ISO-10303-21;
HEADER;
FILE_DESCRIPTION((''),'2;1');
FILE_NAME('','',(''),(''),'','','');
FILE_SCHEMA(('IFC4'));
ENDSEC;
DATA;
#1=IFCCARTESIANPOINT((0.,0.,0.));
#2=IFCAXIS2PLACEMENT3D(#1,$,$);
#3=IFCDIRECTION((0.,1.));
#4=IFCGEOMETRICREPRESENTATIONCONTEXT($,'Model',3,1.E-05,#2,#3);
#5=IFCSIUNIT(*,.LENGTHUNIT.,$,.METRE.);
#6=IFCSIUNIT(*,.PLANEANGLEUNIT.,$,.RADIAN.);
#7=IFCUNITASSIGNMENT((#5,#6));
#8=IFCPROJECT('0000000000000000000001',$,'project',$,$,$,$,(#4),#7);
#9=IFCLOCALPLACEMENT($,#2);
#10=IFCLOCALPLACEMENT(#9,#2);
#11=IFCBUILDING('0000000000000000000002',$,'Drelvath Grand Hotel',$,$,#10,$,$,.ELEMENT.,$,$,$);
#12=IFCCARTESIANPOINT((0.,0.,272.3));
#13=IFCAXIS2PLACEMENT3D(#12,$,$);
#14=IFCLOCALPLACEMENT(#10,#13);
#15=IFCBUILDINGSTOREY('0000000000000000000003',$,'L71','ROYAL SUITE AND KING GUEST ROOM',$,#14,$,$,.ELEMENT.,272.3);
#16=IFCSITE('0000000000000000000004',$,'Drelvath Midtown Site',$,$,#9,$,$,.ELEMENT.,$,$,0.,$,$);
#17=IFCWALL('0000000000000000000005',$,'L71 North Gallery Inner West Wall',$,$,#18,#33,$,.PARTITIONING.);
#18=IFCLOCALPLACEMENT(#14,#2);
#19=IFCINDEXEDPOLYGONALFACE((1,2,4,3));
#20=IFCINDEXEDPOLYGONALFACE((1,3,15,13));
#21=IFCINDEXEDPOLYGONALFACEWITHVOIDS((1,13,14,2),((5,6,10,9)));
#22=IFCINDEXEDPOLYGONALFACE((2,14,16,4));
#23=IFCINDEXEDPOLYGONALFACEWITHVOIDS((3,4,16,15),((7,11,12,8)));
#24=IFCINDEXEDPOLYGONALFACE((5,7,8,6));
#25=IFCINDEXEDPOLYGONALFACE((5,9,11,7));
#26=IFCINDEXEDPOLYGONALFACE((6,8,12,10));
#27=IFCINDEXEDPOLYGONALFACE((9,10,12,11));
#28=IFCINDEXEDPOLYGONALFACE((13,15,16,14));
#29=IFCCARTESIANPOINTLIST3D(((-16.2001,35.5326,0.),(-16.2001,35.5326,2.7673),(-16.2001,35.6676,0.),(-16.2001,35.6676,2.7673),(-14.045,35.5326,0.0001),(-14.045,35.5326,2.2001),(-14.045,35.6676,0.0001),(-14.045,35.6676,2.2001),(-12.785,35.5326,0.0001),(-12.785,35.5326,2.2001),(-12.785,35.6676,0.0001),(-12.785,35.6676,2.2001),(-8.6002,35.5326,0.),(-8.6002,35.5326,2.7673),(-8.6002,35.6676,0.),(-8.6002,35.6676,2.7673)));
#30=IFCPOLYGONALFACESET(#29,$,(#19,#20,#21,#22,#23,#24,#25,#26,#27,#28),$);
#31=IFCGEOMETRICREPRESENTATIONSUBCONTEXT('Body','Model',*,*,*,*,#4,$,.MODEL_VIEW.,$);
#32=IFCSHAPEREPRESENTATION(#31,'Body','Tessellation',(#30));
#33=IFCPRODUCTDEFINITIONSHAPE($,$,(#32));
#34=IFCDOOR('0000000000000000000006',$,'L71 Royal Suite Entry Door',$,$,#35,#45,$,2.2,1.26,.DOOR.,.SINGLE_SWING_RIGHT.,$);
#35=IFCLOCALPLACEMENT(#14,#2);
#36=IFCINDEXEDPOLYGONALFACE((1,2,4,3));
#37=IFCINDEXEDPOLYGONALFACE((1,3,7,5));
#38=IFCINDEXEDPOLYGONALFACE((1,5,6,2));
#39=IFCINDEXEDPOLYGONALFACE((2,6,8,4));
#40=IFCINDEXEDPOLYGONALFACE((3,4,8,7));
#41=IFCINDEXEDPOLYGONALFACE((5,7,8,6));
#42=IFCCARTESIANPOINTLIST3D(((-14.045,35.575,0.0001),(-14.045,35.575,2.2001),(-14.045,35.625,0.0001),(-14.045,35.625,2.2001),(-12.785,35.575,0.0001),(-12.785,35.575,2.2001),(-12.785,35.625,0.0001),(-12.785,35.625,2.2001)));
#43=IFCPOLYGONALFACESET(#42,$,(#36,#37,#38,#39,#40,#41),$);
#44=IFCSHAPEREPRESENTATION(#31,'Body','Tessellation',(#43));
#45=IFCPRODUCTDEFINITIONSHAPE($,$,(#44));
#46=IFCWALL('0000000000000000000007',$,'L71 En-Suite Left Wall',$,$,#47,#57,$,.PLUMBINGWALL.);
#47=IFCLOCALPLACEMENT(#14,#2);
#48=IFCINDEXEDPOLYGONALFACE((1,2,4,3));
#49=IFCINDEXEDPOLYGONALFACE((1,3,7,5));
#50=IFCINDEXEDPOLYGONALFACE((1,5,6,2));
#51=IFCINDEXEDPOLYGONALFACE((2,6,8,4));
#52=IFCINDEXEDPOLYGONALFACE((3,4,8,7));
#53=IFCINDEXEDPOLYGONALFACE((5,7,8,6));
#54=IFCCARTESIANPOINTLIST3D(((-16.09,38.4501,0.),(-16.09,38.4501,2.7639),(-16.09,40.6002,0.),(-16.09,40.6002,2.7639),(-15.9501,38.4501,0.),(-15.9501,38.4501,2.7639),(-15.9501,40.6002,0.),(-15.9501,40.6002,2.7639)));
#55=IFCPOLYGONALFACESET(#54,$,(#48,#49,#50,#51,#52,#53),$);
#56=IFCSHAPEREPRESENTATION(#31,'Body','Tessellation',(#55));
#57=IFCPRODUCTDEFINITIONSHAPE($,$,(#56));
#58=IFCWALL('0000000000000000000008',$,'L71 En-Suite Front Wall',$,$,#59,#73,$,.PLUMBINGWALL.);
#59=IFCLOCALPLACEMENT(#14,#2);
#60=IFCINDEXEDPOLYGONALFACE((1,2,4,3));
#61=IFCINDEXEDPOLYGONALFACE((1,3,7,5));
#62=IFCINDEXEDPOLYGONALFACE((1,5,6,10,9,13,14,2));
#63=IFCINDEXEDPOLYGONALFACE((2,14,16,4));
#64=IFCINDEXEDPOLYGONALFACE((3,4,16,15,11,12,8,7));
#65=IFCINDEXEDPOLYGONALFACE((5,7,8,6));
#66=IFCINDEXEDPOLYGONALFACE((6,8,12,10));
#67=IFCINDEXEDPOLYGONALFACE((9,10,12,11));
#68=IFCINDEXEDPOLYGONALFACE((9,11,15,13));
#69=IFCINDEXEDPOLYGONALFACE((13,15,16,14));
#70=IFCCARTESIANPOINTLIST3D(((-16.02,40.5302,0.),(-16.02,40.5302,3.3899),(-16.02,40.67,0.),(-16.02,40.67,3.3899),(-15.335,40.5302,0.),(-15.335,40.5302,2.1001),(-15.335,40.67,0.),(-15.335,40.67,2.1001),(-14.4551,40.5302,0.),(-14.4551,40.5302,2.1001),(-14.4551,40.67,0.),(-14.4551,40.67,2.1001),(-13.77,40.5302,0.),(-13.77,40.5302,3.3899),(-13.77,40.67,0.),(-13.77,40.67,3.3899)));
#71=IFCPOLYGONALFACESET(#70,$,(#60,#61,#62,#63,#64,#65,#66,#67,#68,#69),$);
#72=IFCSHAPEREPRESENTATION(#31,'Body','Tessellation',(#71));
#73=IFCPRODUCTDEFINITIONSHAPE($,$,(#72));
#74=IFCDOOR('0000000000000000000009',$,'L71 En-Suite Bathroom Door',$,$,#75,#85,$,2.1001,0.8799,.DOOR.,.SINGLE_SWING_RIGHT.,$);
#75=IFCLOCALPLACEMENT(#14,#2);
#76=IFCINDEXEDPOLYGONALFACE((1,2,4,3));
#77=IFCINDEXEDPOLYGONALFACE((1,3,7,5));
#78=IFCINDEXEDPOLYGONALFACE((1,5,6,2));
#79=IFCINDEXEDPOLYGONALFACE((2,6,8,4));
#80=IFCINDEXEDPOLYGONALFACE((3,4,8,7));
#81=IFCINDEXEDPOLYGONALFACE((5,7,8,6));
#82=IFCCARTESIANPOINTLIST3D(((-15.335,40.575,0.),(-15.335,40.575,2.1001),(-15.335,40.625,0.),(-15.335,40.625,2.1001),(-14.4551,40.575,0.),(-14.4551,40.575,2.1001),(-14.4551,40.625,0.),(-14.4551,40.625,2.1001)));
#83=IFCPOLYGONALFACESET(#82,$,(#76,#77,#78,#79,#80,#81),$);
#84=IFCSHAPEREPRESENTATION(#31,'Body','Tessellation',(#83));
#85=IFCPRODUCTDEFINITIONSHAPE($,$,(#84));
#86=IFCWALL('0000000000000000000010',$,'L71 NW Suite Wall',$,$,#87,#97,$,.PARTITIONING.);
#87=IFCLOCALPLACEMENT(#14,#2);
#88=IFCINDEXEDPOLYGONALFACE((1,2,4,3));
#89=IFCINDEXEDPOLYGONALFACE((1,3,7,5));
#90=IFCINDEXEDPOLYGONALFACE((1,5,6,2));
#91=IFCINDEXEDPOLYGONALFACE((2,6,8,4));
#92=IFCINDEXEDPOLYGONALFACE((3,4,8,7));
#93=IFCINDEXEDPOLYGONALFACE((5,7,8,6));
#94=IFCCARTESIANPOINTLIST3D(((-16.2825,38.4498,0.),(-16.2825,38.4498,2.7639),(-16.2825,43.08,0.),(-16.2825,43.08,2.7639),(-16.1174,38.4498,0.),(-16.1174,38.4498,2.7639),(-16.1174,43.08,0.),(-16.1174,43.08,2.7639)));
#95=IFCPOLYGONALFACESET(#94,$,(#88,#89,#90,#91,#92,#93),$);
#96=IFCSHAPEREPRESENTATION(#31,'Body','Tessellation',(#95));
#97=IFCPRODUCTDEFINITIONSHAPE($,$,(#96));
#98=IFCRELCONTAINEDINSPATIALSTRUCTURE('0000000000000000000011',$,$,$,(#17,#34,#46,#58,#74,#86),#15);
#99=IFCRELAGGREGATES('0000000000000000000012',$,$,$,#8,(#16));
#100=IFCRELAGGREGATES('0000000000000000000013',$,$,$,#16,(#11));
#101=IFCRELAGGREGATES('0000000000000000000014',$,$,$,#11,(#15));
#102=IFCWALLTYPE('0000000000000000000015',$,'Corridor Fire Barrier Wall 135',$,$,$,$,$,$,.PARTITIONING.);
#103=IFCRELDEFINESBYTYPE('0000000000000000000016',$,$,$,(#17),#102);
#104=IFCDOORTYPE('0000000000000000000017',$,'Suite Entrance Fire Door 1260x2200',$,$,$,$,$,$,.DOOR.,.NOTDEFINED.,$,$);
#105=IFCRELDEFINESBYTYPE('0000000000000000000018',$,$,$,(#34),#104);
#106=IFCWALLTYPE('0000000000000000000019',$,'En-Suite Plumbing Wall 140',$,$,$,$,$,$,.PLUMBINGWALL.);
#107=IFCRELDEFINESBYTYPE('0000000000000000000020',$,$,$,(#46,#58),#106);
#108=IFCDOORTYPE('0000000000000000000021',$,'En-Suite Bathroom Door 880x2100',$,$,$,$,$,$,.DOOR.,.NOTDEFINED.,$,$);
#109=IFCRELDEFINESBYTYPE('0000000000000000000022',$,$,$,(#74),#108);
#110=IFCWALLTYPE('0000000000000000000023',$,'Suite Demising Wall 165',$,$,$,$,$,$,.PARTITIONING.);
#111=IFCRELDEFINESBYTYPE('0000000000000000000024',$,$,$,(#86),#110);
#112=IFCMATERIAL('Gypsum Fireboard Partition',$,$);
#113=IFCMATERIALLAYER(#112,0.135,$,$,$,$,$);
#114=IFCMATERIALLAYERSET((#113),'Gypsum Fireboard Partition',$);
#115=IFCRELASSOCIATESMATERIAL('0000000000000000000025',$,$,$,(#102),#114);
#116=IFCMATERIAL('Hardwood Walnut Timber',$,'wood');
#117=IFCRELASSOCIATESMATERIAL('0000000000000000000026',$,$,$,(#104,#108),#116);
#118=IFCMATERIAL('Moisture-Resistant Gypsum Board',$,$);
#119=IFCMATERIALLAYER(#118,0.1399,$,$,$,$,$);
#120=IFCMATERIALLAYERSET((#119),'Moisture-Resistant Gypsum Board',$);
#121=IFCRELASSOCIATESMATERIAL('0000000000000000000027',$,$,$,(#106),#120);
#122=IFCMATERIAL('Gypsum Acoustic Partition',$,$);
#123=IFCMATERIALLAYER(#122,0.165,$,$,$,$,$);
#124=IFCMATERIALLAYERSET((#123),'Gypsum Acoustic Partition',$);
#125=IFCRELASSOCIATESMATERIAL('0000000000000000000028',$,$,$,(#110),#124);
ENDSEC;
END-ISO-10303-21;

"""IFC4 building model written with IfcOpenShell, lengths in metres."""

from ifc_helpers import new_model, si_unit, direction, frame, frame_2d, origin, place, context, subcontext, project, spatial, rectangle, extrude, material, layer, layer_set, type_object, element, fill, save


model = new_model("IFC4")

# Units and contexts
model_context = context("Model", 3, precision=1e-05, world=origin(), true_north=direction((0.0, 1.0)))
body_context = subcontext(model_context, "Body", "Model", "MODEL_VIEW")
ifc_project = project(units=[si_unit("LENGTHUNIT", "METRE"), si_unit("PLANEANGLEUNIT", "RADIAN")], contexts=[model_context])

# Site, building, storey
site_placement = place(None, origin())
site = spatial("IfcSite", under=ifc_project, at=site_placement, Name="Drelvath Midtown Site", CompositionType="ELEMENT", RefElevation=0.0)
building_placement = place(site_placement, origin())
building = spatial("IfcBuilding", under=site, at=building_placement, Name="Drelvath Grand Hotel", CompositionType="ELEMENT")
storey_placement = place(building_placement, frame((0.0, 0.0, 272.3)))
storey = spatial("IfcBuildingStorey", under=building, at=storey_placement, Name="L71", Description="ROYAL SUITE AND KING GUEST ROOM", CompositionType="ELEMENT", Elevation=272.3)

# Shared definitions
ifc_material_1 = material(Name="Gypsum Fireboard Partition")
ifc_layer_1 = layer(ifc_material_1, 0.135)
ifc_layer_set_1 = layer_set([ifc_layer_1], Name="Gypsum Fireboard Partition")
wall_type_1 = type_object("IfcWallType", Name="Corridor Fire Barrier Wall 135", PredefinedType="PARTITIONING", material=ifc_layer_set_1)
ifc_material_2 = material(Name="Hardwood Walnut Timber", Category="wood")
door_type_1 = type_object("IfcDoorType", Name="Suite Entrance Fire Door 1260x2200", OperationType="NOTDEFINED", PredefinedType="DOOR", material=ifc_material_2)

# Wall, opening, door
wall_1_placement = place(storey_placement, frame((-16.2, 35.6001, 0.0), z_axis=(0.0, 0.0, 1.0), x_axis=(1.0, 0.0, 0.0)))
wall_1 = element("IfcWall", 1, at=wall_1_placement, inside=storey, type_object=wall_type_1, Name="L71 North Gallery Inner West Wall", PredefinedType="PARTITIONING", context=body_context, shape_type="SweptSolid", body=[
    extrude(rectangle(XDim=7.5999, YDim=0.135, at=frame_2d((3.7998, 0.0))), origin(), (0.0, 0.0, 1.0), 2.7673),
])
opening_1_placement = place(wall_1_placement, frame((2.155, 0.0, 0.0)))
opening_1 = element("IfcOpeningElement", 2, at=opening_1_placement, cuts=wall_1, PredefinedType="OPENING", context=body_context, shape_type="SweptSolid", body=[
    extrude(rectangle(XDim=1.26, YDim=2.2, at=frame_2d((0.6299, 1.1001))), frame((0.0, 0.0774, 0.0), z_axis=(0.0, -1.0, 0.0), x_axis=(1.0, 0.0, 0.0)), (0.0, 0.0, 1.0), 0.155),
])
door_1_placement = place(opening_1_placement, origin())
door_1 = element("IfcDoor", 3, at=door_1_placement, inside=storey, type_object=door_type_1, Name="L71 Royal Suite Entry Door", OperationType="SINGLE_SWING_RIGHT", OverallHeight=2.2, OverallWidth=1.26, PredefinedType="DOOR", context=body_context, shape_type="SweptSolid", body=[
    extrude(rectangle(XDim=1.26, YDim=2.2, at=frame_2d((0.6299, 1.1001))), frame((0.0, 0.0249, 0.0), z_axis=(0.0, -1.0, 0.0), x_axis=(1.0, 0.0, 0.0)), (0.0, 0.0, 1.0), 0.05),
])
fill(opening_1, door_1)

# Wall
ifc_material_3 = material(Name="Moisture-Resistant Gypsum Board")
ifc_layer_2 = layer(ifc_material_3, 0.1399)
ifc_layer_set_2 = layer_set([ifc_layer_2], Name="Moisture-Resistant Gypsum Board")
wall_type_2 = type_object("IfcWallType", Name="En-Suite Plumbing Wall 140", PredefinedType="PLUMBINGWALL", material=ifc_layer_set_2)
wall_2_placement = place(storey_placement, frame((-16.02, 38.45, 0.0), z_axis=(0.0, 0.0, 1.0), x_axis=(0.0, 1.0, 0.0)))
element("IfcWall", 4, at=wall_2_placement, inside=storey, type_object=wall_type_2, Name="L71 En-Suite Left Wall", PredefinedType="PLUMBINGWALL", context=body_context, shape_type="SweptSolid", body=[
    extrude(rectangle(XDim=2.1501, YDim=0.1399, at=frame_2d((1.0752, 0.0))), origin(), (0.0, 0.0, 1.0), 2.7639),
])

# Wall, opening, door
wall_3_placement = place(storey_placement, frame((-16.02, 40.6001, 0.0), z_axis=(0.0, 0.0, 1.0), x_axis=(1.0, 0.0, 0.0)))
wall_3 = element("IfcWall", 5, at=wall_3_placement, inside=storey, type_object=wall_type_2, Name="L71 En-Suite Front Wall", PredefinedType="PLUMBINGWALL", context=body_context, shape_type="SweptSolid", body=[
    extrude(rectangle(XDim=2.25, YDim=0.1399, at=frame_2d((1.125, 0.0))), origin(), (0.0, 0.0, 1.0), 3.3899),
])
opening_2_placement = place(wall_3_placement, frame((0.6851, 0.0, 0.0)))
opening_2 = element("IfcOpeningElement", 6, at=opening_2_placement, cuts=wall_3, PredefinedType="OPENING", context=body_context, shape_type="SweptSolid", body=[
    extrude(rectangle(XDim=0.8799, YDim=2.1001, at=frame_2d((0.4399, 1.05))), frame((0.0, 0.0798, 0.0), z_axis=(0.0, -1.0, 0.0), x_axis=(1.0, 0.0, 0.0)), (0.0, 0.0, 1.0), 0.1599),
])
door_type_2 = type_object("IfcDoorType", Name="En-Suite Bathroom Door 880x2100", OperationType="NOTDEFINED", PredefinedType="DOOR", material=ifc_material_2)
door_2_placement = place(opening_2_placement, origin())
door_2 = element("IfcDoor", 7, at=door_2_placement, inside=storey, type_object=door_type_2, Name="L71 En-Suite Bathroom Door", OperationType="SINGLE_SWING_RIGHT", OverallHeight=2.1001, OverallWidth=0.8799, PredefinedType="DOOR", context=body_context, shape_type="SweptSolid", body=[
    extrude(rectangle(XDim=0.8799, YDim=2.1001, at=frame_2d((0.4399, 1.05))), frame((0.0, 0.0249, 0.0), z_axis=(0.0, -1.0, 0.0), x_axis=(1.0, 0.0, 0.0)), (0.0, 0.0, 1.0), 0.05),
])
fill(opening_2, door_2)

# Wall
ifc_material_4 = material(Name="Gypsum Acoustic Partition")
ifc_layer_3 = layer(ifc_material_4, 0.165)
ifc_layer_set_3 = layer_set([ifc_layer_3], Name="Gypsum Acoustic Partition")
wall_type_3 = type_object("IfcWallType", Name="Suite Demising Wall 165", PredefinedType="PARTITIONING", material=ifc_layer_set_3)
wall_4_placement = place(storey_placement, frame((-16.2, 38.45, 0.0), z_axis=(0.0, 0.0, 1.0), x_axis=(0.0, 1.0, 0.0)))
element("IfcWall", 8, at=wall_4_placement, inside=storey, type_object=wall_type_3, Name="L71 NW Suite Wall", PredefinedType="PARTITIONING", context=body_context, shape_type="SweptSolid", body=[
    extrude(rectangle(XDim=4.6301, YDim=0.165, at=frame_2d((2.3149, 0.0))), origin(), (0.0, 0.0, 1.0), 2.7639),
])

save(model, "model.ifc")
